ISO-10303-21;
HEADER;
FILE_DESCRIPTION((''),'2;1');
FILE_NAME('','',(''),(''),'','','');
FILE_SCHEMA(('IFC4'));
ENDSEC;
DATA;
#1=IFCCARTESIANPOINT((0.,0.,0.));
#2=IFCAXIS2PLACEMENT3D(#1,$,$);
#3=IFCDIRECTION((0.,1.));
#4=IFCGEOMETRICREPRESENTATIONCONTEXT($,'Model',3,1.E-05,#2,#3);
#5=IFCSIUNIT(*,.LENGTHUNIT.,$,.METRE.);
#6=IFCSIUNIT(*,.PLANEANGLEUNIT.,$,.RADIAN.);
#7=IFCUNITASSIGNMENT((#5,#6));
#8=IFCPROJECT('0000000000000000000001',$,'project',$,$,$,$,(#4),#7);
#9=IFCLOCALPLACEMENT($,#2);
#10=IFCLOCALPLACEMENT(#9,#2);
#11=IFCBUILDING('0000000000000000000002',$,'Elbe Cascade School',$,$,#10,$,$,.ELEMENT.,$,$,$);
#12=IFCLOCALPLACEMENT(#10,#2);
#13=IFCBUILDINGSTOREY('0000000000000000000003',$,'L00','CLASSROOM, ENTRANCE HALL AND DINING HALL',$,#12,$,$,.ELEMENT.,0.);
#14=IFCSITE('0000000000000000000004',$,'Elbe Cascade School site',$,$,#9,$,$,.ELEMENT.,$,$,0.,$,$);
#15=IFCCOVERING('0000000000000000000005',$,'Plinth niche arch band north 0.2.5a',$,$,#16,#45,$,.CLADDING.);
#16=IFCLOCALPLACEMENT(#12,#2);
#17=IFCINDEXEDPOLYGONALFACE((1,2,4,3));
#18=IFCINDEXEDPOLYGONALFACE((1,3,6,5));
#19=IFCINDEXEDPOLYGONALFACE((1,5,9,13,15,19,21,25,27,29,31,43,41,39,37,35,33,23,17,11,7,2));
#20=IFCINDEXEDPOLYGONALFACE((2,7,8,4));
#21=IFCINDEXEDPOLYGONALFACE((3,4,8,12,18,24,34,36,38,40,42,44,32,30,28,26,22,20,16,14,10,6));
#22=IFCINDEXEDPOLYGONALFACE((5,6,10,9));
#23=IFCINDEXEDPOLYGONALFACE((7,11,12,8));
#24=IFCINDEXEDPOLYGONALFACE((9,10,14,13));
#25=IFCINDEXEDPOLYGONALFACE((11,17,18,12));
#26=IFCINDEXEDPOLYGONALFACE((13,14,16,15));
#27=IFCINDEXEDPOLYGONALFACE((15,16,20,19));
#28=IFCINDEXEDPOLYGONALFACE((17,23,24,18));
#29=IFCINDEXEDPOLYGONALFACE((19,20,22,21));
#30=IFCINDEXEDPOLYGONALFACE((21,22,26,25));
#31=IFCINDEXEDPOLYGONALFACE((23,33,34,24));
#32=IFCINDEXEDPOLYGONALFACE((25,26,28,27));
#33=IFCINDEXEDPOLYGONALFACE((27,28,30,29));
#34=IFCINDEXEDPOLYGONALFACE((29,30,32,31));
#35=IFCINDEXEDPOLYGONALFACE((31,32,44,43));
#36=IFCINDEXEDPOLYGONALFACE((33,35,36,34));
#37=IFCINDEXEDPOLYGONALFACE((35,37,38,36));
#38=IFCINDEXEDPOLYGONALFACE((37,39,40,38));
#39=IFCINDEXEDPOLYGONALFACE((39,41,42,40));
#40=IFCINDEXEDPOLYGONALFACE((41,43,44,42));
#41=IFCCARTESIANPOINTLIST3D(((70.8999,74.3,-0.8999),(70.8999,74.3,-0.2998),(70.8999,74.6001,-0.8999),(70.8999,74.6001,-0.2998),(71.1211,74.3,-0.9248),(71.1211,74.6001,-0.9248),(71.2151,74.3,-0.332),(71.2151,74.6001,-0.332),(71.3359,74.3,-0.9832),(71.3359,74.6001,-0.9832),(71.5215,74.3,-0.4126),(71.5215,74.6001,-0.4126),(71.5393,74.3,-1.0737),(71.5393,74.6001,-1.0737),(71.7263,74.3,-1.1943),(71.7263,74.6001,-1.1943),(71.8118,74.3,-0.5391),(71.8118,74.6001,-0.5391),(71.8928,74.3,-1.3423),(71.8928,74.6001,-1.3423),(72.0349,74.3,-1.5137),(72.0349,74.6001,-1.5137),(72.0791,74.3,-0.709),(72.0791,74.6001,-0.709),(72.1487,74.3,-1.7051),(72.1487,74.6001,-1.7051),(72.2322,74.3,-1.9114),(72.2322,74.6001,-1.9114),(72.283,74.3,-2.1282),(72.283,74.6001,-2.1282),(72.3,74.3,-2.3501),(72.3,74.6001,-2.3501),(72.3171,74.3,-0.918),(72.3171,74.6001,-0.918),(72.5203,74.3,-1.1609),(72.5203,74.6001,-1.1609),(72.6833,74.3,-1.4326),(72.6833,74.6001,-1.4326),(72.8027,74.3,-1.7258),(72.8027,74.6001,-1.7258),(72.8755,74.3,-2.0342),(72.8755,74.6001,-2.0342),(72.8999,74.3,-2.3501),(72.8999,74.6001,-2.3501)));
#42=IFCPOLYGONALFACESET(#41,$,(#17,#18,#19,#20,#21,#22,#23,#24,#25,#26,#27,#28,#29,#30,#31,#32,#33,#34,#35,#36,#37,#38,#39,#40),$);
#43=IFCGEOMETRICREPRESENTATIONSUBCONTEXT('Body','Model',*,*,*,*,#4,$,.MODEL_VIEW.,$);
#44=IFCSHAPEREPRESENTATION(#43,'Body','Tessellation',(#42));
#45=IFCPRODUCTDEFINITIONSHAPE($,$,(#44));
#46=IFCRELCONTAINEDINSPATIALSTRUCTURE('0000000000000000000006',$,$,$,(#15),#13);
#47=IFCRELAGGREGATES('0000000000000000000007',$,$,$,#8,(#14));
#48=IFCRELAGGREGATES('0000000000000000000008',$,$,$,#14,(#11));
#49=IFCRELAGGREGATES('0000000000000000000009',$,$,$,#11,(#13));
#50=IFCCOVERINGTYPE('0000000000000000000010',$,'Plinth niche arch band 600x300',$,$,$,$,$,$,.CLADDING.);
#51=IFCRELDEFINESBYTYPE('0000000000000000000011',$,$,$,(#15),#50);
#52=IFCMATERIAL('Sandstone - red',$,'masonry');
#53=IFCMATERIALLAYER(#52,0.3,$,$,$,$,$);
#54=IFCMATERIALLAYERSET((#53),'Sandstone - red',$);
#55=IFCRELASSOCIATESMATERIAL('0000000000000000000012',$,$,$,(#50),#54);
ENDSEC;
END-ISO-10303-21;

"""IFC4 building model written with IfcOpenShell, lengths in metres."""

from ifc_helpers import new_model, si_unit, direction, frame, origin, place, context, subcontext, project, spatial, polyline, outline, extrude, material, layer, layer_set, type_object, element, save


model = new_model("IFC4")

# Units and contexts
model_context = context("Model", 3, precision=1e-05, world=origin(), true_north=direction((0.0, 1.0)))
body_context = subcontext(model_context, "Body", "Model", "MODEL_VIEW")
ifc_project = project(units=[si_unit("LENGTHUNIT", "METRE"), si_unit("PLANEANGLEUNIT", "RADIAN")], contexts=[model_context])

# Site, building, storey
site_placement = place(None, origin())
site = spatial("IfcSite", under=ifc_project, at=site_placement, Name="Elbe Cascade School site", CompositionType="ELEMENT", RefElevation=0.0)
building_placement = place(site_placement, origin())
building = spatial("IfcBuilding", under=site, at=building_placement, Name="Elbe Cascade School", CompositionType="ELEMENT")
storey_placement = place(building_placement, origin())
storey = spatial("IfcBuildingStorey", under=building, at=storey_placement, Name="L00", Description="CLASSROOM, ENTRANCE HALL AND DINING HALL", CompositionType="ELEMENT", Elevation=0.0)

# Covering
ifc_material_1 = material(Name="Sandstone - red", Category="masonry")
ifc_layer_1 = layer(ifc_material_1, 0.3)
ifc_layer_set_1 = layer_set([ifc_layer_1], Name="Sandstone - red")
covering_type_1 = type_object("IfcCoveringType", Name="Plinth niche arch band 600x300", PredefinedType="CLADDING", material=ifc_layer_set_1)
covering_1_placement = place(storey_placement, frame((72.8999, 74.6001, -2.3501), z_axis=(0.0, 1.0, 0.0), x_axis=(-1.0, 0.0, 0.0)))
element("IfcCovering", 1, at=covering_1_placement, inside=storey, type_object=covering_type_1, Name="Plinth niche arch band north 0.2.5a", PredefinedType="CLADDING", context=body_context, shape_type="SweptSolid", body=[
    extrude(outline(polyline([(0.0, 0.0), (0.5999, 0.0), (0.6169, 0.2219), (0.6677, 0.4387), (0.7512, 0.645), (0.865, 0.8364), (1.0071, 1.0078), (1.1736, 1.1558), (1.3606, 1.2764), (1.564, 1.3669), (1.7788, 1.4253), (2.0, 1.4502), (2.0, 2.0503), (1.6848, 2.0181), (1.3784, 1.9375), (1.0881, 1.811), (0.8208, 1.6411), (0.5828, 1.4321), (0.3796, 1.1892), (0.2166, 0.9175), (0.0972, 0.6243), (0.0244, 0.3159), (0.0, 0.0)])), origin(), (0.0, 0.0, -1.0), 0.3),
])

save(model, "model.ifc")
